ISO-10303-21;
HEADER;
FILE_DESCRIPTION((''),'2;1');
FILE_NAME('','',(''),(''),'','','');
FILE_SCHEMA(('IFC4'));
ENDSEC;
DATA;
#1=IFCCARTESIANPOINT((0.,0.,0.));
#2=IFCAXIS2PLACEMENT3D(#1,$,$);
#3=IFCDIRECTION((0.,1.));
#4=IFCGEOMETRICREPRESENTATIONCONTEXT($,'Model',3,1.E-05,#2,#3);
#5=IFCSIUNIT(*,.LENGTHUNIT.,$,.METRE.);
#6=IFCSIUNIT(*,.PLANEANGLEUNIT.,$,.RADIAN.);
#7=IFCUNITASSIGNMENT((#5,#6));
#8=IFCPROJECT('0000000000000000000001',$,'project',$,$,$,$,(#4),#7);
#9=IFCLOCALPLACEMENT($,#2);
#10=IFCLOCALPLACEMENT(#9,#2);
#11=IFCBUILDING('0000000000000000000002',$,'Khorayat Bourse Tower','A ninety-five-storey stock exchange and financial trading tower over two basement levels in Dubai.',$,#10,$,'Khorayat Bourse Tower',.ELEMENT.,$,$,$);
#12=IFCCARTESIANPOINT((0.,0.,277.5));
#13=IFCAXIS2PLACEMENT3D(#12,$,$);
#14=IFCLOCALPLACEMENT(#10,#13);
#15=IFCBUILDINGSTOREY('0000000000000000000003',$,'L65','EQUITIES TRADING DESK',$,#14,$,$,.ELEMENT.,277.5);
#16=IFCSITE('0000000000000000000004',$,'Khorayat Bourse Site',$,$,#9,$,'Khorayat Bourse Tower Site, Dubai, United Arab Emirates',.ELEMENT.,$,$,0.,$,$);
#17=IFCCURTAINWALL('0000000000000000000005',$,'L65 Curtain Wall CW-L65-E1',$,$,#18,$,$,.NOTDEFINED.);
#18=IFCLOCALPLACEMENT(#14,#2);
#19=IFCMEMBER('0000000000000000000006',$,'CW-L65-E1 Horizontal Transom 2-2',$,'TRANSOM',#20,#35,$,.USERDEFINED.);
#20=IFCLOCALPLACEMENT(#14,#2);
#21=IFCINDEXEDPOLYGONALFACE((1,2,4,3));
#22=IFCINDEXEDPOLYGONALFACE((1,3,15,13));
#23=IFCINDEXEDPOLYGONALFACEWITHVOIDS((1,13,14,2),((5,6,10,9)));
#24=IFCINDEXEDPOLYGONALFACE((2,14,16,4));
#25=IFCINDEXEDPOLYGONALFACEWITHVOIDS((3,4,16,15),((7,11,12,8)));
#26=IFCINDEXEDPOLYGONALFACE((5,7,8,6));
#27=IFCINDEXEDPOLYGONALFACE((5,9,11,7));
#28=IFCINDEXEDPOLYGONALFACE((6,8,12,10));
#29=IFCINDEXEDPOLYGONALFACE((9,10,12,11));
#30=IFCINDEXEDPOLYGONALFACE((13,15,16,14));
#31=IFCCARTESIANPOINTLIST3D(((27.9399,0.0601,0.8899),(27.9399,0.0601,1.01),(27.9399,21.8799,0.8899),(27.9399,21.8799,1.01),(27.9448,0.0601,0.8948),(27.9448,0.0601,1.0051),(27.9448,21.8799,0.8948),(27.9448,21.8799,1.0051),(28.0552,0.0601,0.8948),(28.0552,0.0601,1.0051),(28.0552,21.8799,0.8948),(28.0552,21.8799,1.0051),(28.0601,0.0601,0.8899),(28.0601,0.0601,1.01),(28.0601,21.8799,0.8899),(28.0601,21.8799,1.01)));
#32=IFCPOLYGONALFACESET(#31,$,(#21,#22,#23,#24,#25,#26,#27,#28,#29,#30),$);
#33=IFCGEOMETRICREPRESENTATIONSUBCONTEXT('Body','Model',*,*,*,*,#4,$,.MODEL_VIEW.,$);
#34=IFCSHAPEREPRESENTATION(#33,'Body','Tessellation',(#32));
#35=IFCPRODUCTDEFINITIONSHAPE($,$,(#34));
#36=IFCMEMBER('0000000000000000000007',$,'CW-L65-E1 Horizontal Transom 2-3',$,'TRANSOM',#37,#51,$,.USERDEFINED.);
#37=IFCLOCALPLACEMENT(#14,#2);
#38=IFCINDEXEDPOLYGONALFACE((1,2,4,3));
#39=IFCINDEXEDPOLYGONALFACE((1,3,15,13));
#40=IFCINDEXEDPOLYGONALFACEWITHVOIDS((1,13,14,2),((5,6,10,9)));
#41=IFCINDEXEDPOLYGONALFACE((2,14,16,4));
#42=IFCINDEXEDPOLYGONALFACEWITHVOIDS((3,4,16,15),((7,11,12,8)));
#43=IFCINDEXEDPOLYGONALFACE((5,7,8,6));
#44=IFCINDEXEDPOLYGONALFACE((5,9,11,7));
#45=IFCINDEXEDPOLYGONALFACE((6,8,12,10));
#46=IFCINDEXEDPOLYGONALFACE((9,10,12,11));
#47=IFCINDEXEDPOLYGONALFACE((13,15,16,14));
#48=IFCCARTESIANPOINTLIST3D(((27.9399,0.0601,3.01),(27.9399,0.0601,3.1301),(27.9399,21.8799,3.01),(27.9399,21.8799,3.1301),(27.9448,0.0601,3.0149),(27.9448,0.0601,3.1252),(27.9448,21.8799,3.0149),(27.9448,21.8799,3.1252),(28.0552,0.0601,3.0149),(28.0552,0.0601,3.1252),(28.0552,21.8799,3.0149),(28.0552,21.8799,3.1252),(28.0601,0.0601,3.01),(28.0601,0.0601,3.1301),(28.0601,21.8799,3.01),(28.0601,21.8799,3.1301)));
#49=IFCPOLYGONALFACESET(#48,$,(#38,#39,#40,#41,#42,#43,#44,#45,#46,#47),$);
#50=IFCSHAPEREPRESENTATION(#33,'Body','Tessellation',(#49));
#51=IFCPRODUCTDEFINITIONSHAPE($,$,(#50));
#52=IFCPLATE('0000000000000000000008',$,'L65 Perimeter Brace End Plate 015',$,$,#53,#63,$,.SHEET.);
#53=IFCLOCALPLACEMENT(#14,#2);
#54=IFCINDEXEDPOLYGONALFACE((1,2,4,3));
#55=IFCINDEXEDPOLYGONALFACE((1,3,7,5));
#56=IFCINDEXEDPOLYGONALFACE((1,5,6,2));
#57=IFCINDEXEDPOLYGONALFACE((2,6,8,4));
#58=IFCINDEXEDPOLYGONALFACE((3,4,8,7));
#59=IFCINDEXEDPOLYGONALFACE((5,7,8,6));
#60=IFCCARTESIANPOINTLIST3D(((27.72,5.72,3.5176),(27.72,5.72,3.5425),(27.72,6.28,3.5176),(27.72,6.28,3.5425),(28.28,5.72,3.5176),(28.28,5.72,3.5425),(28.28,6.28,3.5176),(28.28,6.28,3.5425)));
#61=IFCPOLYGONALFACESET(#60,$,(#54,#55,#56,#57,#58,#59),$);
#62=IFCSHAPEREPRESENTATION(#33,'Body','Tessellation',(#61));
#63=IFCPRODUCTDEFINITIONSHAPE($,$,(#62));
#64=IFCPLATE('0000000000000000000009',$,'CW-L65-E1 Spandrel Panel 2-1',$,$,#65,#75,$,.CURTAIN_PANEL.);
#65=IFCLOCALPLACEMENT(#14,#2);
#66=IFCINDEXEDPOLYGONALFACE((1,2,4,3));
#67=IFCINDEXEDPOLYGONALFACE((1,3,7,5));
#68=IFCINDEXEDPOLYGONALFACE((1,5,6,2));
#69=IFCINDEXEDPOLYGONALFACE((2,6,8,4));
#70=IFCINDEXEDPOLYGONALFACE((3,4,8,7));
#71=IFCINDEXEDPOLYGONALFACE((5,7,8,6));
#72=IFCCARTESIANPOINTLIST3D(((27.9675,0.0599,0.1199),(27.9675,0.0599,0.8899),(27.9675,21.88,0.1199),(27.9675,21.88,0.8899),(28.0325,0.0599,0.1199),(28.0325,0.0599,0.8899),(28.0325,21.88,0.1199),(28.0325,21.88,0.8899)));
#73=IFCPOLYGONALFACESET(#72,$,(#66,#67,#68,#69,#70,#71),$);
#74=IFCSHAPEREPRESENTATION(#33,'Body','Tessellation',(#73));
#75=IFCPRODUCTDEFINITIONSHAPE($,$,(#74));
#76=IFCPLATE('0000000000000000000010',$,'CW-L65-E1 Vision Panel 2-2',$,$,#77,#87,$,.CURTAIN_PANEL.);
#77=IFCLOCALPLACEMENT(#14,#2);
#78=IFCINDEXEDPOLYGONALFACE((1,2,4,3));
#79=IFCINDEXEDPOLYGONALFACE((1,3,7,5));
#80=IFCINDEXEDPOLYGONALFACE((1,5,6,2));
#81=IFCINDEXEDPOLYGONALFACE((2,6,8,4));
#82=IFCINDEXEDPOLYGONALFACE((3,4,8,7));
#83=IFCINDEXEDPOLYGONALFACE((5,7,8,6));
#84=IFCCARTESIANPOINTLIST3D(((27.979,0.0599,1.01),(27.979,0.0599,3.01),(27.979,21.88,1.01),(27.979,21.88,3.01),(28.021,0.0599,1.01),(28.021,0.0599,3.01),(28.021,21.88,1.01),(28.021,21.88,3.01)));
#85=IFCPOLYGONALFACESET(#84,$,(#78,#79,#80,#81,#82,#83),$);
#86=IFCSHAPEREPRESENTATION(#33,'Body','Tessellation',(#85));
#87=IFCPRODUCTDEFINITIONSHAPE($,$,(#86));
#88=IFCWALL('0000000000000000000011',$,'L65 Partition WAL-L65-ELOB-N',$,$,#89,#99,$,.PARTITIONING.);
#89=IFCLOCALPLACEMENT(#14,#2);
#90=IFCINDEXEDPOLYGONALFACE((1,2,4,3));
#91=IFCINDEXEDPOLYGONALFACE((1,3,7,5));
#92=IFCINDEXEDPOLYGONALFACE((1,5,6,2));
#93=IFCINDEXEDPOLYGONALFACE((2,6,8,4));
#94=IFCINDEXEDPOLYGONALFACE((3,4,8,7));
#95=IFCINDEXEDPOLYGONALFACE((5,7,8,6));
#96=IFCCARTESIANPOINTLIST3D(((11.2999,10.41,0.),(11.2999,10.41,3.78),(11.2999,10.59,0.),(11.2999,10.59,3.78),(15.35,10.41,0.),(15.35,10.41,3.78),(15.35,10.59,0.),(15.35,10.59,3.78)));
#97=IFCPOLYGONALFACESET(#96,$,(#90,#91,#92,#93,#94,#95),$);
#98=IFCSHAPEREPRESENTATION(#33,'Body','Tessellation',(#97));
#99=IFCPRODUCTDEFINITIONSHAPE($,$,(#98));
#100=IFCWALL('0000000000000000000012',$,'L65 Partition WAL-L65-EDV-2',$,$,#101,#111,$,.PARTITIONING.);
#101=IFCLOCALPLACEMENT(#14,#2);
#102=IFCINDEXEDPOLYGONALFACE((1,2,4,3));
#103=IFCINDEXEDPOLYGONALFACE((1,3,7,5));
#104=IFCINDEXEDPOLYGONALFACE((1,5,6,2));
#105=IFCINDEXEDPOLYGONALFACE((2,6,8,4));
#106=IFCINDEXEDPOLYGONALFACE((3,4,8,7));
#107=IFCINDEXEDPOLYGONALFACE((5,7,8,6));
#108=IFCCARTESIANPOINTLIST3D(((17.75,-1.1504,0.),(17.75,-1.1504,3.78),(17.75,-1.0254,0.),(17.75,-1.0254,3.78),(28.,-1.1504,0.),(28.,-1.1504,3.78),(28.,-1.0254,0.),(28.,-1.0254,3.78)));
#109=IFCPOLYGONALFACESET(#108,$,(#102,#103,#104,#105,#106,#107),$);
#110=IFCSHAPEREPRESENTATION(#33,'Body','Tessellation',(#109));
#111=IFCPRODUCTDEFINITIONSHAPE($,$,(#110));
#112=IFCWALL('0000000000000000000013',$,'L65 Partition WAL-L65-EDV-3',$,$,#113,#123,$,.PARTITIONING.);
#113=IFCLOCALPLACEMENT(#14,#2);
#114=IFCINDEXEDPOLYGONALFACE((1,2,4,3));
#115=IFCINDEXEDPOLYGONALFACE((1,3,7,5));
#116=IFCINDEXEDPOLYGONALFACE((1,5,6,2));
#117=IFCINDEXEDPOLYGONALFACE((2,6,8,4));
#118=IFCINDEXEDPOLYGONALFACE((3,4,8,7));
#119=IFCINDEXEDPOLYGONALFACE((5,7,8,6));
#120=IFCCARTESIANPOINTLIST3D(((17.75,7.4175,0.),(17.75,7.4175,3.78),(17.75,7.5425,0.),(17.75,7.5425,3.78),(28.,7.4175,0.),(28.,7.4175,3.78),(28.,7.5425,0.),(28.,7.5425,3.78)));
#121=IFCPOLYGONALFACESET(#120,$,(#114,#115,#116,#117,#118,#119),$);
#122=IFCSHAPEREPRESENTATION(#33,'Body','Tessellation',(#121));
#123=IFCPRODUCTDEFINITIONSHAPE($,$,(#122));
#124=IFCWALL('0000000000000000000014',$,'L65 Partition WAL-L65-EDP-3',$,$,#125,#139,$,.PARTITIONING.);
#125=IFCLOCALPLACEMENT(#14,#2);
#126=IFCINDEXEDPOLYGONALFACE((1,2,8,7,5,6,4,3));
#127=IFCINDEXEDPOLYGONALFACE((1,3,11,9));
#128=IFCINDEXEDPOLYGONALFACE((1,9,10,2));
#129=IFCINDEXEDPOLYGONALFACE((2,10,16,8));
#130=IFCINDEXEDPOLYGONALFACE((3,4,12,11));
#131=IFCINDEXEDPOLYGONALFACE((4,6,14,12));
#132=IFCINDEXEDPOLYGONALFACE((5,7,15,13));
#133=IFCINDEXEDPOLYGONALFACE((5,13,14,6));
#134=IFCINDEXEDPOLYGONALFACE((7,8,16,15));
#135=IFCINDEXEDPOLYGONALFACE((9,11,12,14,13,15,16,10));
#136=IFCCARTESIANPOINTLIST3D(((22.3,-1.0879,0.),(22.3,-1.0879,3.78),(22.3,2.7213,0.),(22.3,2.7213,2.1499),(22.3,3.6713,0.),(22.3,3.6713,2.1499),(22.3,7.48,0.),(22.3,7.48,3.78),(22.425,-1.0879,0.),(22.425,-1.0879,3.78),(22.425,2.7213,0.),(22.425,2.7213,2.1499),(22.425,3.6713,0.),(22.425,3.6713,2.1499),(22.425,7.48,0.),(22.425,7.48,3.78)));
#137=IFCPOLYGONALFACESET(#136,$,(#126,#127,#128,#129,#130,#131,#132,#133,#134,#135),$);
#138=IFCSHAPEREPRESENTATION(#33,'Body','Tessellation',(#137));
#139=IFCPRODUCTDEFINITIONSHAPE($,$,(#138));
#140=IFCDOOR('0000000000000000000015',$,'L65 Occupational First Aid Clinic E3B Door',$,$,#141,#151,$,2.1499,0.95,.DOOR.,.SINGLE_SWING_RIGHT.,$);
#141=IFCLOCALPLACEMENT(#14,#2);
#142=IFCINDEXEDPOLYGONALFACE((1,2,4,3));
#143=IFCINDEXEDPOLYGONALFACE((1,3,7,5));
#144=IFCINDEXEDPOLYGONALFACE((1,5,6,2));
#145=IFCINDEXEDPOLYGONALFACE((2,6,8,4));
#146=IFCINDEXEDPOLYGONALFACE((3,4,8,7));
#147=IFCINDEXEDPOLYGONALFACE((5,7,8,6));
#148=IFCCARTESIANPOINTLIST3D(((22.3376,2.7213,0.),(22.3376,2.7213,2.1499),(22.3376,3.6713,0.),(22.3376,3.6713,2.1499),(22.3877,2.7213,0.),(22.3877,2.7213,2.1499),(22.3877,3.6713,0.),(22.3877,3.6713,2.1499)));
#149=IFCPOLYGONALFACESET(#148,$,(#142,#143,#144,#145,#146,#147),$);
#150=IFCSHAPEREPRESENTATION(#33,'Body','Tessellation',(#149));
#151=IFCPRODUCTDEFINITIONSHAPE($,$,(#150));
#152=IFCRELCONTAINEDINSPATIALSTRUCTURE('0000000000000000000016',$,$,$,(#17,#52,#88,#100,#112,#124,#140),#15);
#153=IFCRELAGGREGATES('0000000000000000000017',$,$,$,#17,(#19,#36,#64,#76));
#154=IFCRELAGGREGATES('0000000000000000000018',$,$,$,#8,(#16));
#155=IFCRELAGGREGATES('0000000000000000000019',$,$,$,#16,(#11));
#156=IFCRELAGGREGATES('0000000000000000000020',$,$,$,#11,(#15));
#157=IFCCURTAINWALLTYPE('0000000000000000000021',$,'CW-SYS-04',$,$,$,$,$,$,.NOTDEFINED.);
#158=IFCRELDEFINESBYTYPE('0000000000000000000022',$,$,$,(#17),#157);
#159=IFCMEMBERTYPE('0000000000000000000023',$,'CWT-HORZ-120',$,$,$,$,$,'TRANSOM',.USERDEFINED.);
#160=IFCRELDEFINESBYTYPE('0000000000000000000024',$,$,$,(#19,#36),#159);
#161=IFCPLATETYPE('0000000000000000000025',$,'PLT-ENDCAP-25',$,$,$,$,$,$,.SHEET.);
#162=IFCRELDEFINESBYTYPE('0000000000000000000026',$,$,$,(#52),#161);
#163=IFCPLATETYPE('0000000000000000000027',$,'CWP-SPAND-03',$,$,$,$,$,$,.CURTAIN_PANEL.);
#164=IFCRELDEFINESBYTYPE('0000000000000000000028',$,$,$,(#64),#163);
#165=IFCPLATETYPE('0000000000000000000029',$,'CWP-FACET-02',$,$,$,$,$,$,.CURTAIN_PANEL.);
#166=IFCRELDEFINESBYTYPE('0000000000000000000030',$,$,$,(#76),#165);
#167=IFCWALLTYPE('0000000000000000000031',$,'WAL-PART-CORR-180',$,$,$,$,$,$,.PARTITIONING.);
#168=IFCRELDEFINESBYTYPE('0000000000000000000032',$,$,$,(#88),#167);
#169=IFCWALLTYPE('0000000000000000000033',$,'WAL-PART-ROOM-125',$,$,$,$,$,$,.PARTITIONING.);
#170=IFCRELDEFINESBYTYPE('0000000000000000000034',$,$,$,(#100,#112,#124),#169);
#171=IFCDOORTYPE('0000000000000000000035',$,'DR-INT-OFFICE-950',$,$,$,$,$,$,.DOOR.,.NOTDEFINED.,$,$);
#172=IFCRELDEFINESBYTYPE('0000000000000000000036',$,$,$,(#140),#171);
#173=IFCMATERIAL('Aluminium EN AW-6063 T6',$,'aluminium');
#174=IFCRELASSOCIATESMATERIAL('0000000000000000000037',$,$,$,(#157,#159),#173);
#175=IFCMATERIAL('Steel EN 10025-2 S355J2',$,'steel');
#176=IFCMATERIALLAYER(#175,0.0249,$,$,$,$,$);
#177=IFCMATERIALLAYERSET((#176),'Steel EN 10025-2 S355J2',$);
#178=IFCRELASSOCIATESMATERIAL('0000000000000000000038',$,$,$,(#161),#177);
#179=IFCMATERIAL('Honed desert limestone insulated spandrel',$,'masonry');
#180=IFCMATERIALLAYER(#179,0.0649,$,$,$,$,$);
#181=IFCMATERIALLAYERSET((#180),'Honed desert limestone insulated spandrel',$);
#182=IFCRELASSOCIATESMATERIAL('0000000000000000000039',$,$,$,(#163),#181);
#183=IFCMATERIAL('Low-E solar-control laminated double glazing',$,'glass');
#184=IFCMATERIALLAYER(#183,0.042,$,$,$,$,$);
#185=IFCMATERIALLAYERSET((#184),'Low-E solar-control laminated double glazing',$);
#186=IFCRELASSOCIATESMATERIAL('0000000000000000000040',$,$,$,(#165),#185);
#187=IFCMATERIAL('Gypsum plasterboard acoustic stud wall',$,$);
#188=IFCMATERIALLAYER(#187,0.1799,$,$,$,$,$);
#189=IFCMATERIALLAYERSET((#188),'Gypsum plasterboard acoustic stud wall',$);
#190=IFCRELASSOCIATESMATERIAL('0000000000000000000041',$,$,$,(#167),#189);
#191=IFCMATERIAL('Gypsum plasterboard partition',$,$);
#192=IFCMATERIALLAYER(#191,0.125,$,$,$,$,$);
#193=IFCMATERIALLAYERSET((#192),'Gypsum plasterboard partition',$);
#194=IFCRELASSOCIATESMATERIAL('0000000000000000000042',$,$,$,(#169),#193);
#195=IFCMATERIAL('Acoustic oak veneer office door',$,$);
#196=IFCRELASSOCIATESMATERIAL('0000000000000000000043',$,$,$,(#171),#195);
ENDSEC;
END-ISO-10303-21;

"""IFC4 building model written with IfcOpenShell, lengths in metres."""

from ifc_helpers import new_model, si_unit, direction, frame, frame_2d, origin, origin_2d, place, context, subcontext, project, spatial, rectangle, hollow_rectangle, extrude, source, transform, mapped, material, layer, layer_set, material_profile, profile_set, type_object, element, fill, aggregate, save


model = new_model("IFC4")

# Units and contexts
model_context = context("Model", 3, precision=1e-05, world=origin(), true_north=direction((0.0, 1.0)))
body_context = subcontext(model_context, "Body", "Model", "MODEL_VIEW")
ifc_project = project(units=[si_unit("LENGTHUNIT", "METRE"), si_unit("PLANEANGLEUNIT", "RADIAN")], contexts=[model_context])

# Site, building, storey
site_placement = place(None, origin())
site = spatial("IfcSite", under=ifc_project, at=site_placement, Name="Khorayat Bourse Site", LongName="Khorayat Bourse Tower Site, Dubai, United Arab Emirates", CompositionType="ELEMENT", RefElevation=0.0)
building_placement = place(site_placement, origin())
building = spatial("IfcBuilding", under=site, at=building_placement, Name="Khorayat Bourse Tower", Description="A ninety-five-storey stock exchange and financial trading tower over two basement levels in Dubai.", LongName="Khorayat Bourse Tower", CompositionType="ELEMENT")
storey_placement = place(building_placement, frame((0.0, 0.0, 277.5)))
storey = spatial("IfcBuildingStorey", under=building, at=storey_placement, Name="L65", Description="EQUITIES TRADING DESK", CompositionType="ELEMENT", Elevation=277.5)

# Curtain wall, members
ifc_material_1 = material(Name="Aluminium EN AW-6063 T6", Category="aluminium")
curtain_wall_type = type_object("IfcCurtainWallType", Name="CW-SYS-04", PredefinedType="NOTDEFINED", material=ifc_material_1)
curtain_wall_placement = place(storey_placement, origin())
curtain_wall = element("IfcCurtainWall", 1, at=curtain_wall_placement, inside=storey, type_object=curtain_wall_type, Name="L65 Curtain Wall CW-L65-E1", PredefinedType="NOTDEFINED")
ifc_material_profile_1 = material_profile(ifc_material_1, hollow_rectangle(XDim=0.1201, YDim=0.1201, WallThickness=0.0049, at=origin_2d()), Name="ALU 120x120x5")
ifc_profile_set_1 = profile_set([ifc_material_profile_1], Name="Aluminium EN AW-6063 T6")
member_type_1 = type_object("IfcMemberType", Name="CWT-HORZ-120", ElementType="TRANSOM", PredefinedType="USERDEFINED", material=ifc_profile_set_1)
shared_shape_1 = source(origin(), body_context, "Body", "SweptSolid", [
    extrude(hollow_rectangle(XDim=0.1201, YDim=0.1201, WallThickness=0.0049, at=origin_2d()), origin(), (0.0, 0.0, 1.0), 21.8198),
])
member_1_placement = place(storey_placement, frame((28.0, 0.0601, 0.95), z_axis=(0.0, 1.0, 0.0), x_axis=(-1.0, 0.0, 0.0)))
member_1 = element("IfcMember", 2, at=member_1_placement, type_object=member_type_1, Name="CW-L65-E1 Horizontal Transom 2-2", ObjectType="TRANSOM", PredefinedType="USERDEFINED", context=body_context, shape_type="MappedRepresentation", body=[
    mapped(shared_shape_1, transform((0.0, 0.0, 0.0), scale=1.0)),
])
member_2_placement = place(storey_placement, frame((28.0, 0.0601, 3.0701), z_axis=(0.0, 1.0, 0.0), x_axis=(-1.0, 0.0, 0.0)))
member_2 = element("IfcMember", 3, at=member_2_placement, type_object=member_type_1, Name="CW-L65-E1 Horizontal Transom 2-3", ObjectType="TRANSOM", PredefinedType="USERDEFINED", context=body_context, shape_type="MappedRepresentation", body=[
    mapped(shared_shape_1, transform((0.0, 0.0, 0.0), scale=1.0)),
])

# Plates
ifc_material_2 = material(Name="Steel EN 10025-2 S355J2", Category="steel")
ifc_layer_1 = layer(ifc_material_2, 0.0249)
ifc_layer_set_1 = layer_set([ifc_layer_1], Name="Steel EN 10025-2 S355J2")
plate_type_1 = type_object("IfcPlateType", Name="PLT-ENDCAP-25", PredefinedType="SHEET", material=ifc_layer_set_1)
shared_shape_2 = source(origin(), body_context, "Body", "SweptSolid", [
    extrude(rectangle(XDim=0.5601, YDim=0.5601, at=origin_2d()), origin(), (0.0, 0.0, 1.0), 0.0249),
])
plate_1_placement = place(storey_placement, frame((28.0, 6.0, 3.5176), z_axis=(0.0, 0.0, 1.0), x_axis=(1.0, 0.0, 0.0)))
element("IfcPlate", 4, at=plate_1_placement, inside=storey, type_object=plate_type_1, Name="L65 Perimeter Brace End Plate 015", PredefinedType="SHEET", context=body_context, shape_type="MappedRepresentation", body=[
    mapped(shared_shape_2, transform((0.0, 0.0, 0.0), scale=1.0)),
])
ifc_material_3 = material(Name="Honed desert limestone insulated spandrel", Category="masonry")
ifc_layer_2 = layer(ifc_material_3, 0.0649)
ifc_layer_set_2 = layer_set([ifc_layer_2], Name="Honed desert limestone insulated spandrel")
plate_type_2 = type_object("IfcPlateType", Name="CWP-SPAND-03", PredefinedType="CURTAIN_PANEL", material=ifc_layer_set_2)
shared_shape_3 = source(origin(), body_context, "Body", "SweptSolid", [
    extrude(rectangle(XDim=21.8201, YDim=0.0649, at=origin_2d()), origin(), (0.0, 0.0, 1.0), 0.77),
])
plate_2_placement = place(storey_placement, frame((28.0, 10.97, 0.1199), z_axis=(0.0, 0.0, 1.0), x_axis=(0.0, 1.0, 0.0)))
plate_2 = element("IfcPlate", 5, at=plate_2_placement, type_object=plate_type_2, Name="CW-L65-E1 Spandrel Panel 2-1", PredefinedType="CURTAIN_PANEL", context=body_context, shape_type="MappedRepresentation", body=[
    mapped(shared_shape_3, transform((0.0, 0.0, 0.0), scale=1.0)),
])
ifc_material_4 = material(Name="Low-E solar-control laminated double glazing", Category="glass")
ifc_layer_3 = layer(ifc_material_4, 0.042)
ifc_layer_set_3 = layer_set([ifc_layer_3], Name="Low-E solar-control laminated double glazing")
plate_type_3 = type_object("IfcPlateType", Name="CWP-FACET-02", PredefinedType="CURTAIN_PANEL", material=ifc_layer_set_3)
shared_shape_4 = source(origin(), body_context, "Body", "SweptSolid", [
    extrude(rectangle(XDim=21.8201, YDim=0.042, at=origin_2d()), origin(), (0.0, 0.0, 1.0), 2.0),
])
plate_3_placement = place(storey_placement, frame((28.0, 10.97, 1.01), z_axis=(0.0, 0.0, 1.0), x_axis=(0.0, 1.0, 0.0)))
plate_3 = element("IfcPlate", 6, at=plate_3_placement, type_object=plate_type_3, Name="CW-L65-E1 Vision Panel 2-2", PredefinedType="CURTAIN_PANEL", context=body_context, shape_type="MappedRepresentation", body=[
    mapped(shared_shape_4, transform((0.0, 0.0, 0.0), scale=1.0)),
])
aggregate(curtain_wall, [member_1, member_2, plate_2, plate_3])

# Walls
ifc_material_5 = material(Name="Gypsum plasterboard acoustic stud wall")
ifc_layer_4 = layer(ifc_material_5, 0.1799)
ifc_layer_set_4 = layer_set([ifc_layer_4], Name="Gypsum plasterboard acoustic stud wall")
wall_type_1 = type_object("IfcWallType", Name="WAL-PART-CORR-180", PredefinedType="PARTITIONING", material=ifc_layer_set_4)
shared_shape_5 = source(origin(), body_context, "Body", "SweptSolid", [
    extrude(rectangle(XDim=4.05, YDim=0.1799, at=frame_2d((2.0249, 0.0))), origin(), (0.0, 0.0, 1.0), 3.78),
])
wall_1_placement = place(storey_placement, frame((11.3, 10.5, 0.0), z_axis=(0.0, 0.0, 1.0), x_axis=(1.0, 0.0, 0.0)))
element("IfcWall", 7, at=wall_1_placement, inside=storey, type_object=wall_type_1, Name="L65 Partition WAL-L65-ELOB-N", PredefinedType="PARTITIONING", context=body_context, shape_type="MappedRepresentation", body=[
    mapped(shared_shape_5, transform((0.0, 0.0, 0.0), scale=1.0)),
])
ifc_material_6 = material(Name="Gypsum plasterboard partition")
ifc_layer_5 = layer(ifc_material_6, 0.125)
ifc_layer_set_5 = layer_set([ifc_layer_5], Name="Gypsum plasterboard partition")
wall_type_2 = type_object("IfcWallType", Name="WAL-PART-ROOM-125", PredefinedType="PARTITIONING", material=ifc_layer_set_5)
shared_shape_6 = source(origin(), body_context, "Body", "SweptSolid", [
    extrude(rectangle(XDim=10.25, YDim=0.125, at=frame_2d((5.125, 0.0))), origin(), (0.0, 0.0, 1.0), 3.78),
])
for number, where, z_axis, x_axis, name in (
    (8, (17.75, -1.0879, 0.0), (0.0, 0.0, 1.0), (1.0, 0.0, 0.0), "L65 Partition WAL-L65-EDV-2"),
    (9, (17.75, 7.48, 0.0), (0.0, 0.0, 1.0), (1.0, 0.0, 0.0), "L65 Partition WAL-L65-EDV-3"),
):
    element("IfcWall", number, at=place(storey_placement, frame(where, z_axis=z_axis, x_axis=x_axis)), inside=storey, type_object=wall_type_2, Name=name, PredefinedType="PARTITIONING", context=body_context, shape_type="MappedRepresentation", body=[
        mapped(shared_shape_6, transform((0.0, 0.0, 0.0), scale=1.0)),
    ])

# Wall, opening, door
shared_shape_7 = source(origin(), body_context, "Body", "SweptSolid", [
    extrude(rectangle(XDim=8.5679, YDim=0.125, at=frame_2d((4.2839, 0.0))), origin(), (0.0, 0.0, 1.0), 3.78),
])
wall_2_placement = place(storey_placement, frame((22.3625, -1.0879, 0.0), z_axis=(0.0, 0.0, 1.0), x_axis=(0.0, 1.0, 0.0)))
wall_2 = element("IfcWall", 10, at=wall_2_placement, inside=storey, type_object=wall_type_2, Name="L65 Partition WAL-L65-EDP-3", PredefinedType="PARTITIONING", context=body_context, shape_type="MappedRepresentation", body=[
    mapped(shared_shape_7, transform((0.0, 0.0, 0.0), scale=1.0)),
])
shared_shape_8 = source(origin(), body_context, "Body", "SweptSolid", [
    extrude(rectangle(XDim=0.95, YDim=2.1499, at=frame_2d((0.4751, 1.075))), frame((0.0, 0.0725, 0.0), z_axis=(0.0, -1.0, 0.0), x_axis=(1.0, 0.0, 0.0)), (0.0, 0.0, 1.0), 0.145),
])
opening_1_placement = place(wall_2_placement, frame((3.8091, 0.0, 0.0)))
opening_1 = element("IfcOpeningElement", 11, at=opening_1_placement, cuts=wall_2, PredefinedType="OPENING", context=body_context, shape_type="MappedRepresentation", body=[
    mapped(shared_shape_8, transform((0.0, 0.0, 0.0), scale=1.0)),
])
ifc_material_7 = material(Name="Acoustic oak veneer office door")
door_type = type_object("IfcDoorType", Name="DR-INT-OFFICE-950", OperationType="NOTDEFINED", PredefinedType="DOOR", material=ifc_material_7)
shared_shape_9 = source(origin(), body_context, "Body", "SweptSolid", [
    extrude(rectangle(XDim=0.95, YDim=2.1499, at=frame_2d((0.4751, 1.075))), frame((0.0, 0.0249, 0.0), z_axis=(0.0, -1.0, 0.0), x_axis=(1.0, 0.0, 0.0)), (0.0, 0.0, 1.0), 0.05),
])
door_1_placement = place(opening_1_placement, origin())
door_1 = element("IfcDoor", 12, at=door_1_placement, inside=storey, type_object=door_type, Name="L65 Occupational First Aid Clinic E3B Door", OperationType="SINGLE_SWING_RIGHT", OverallHeight=2.1499, OverallWidth=0.95, PredefinedType="DOOR", context=body_context, shape_type="MappedRepresentation", body=[
    mapped(shared_shape_9, transform((0.0, 0.0, 0.0), scale=1.0)),
])
fill(opening_1, door_1)

save(model, "model.ifc")
